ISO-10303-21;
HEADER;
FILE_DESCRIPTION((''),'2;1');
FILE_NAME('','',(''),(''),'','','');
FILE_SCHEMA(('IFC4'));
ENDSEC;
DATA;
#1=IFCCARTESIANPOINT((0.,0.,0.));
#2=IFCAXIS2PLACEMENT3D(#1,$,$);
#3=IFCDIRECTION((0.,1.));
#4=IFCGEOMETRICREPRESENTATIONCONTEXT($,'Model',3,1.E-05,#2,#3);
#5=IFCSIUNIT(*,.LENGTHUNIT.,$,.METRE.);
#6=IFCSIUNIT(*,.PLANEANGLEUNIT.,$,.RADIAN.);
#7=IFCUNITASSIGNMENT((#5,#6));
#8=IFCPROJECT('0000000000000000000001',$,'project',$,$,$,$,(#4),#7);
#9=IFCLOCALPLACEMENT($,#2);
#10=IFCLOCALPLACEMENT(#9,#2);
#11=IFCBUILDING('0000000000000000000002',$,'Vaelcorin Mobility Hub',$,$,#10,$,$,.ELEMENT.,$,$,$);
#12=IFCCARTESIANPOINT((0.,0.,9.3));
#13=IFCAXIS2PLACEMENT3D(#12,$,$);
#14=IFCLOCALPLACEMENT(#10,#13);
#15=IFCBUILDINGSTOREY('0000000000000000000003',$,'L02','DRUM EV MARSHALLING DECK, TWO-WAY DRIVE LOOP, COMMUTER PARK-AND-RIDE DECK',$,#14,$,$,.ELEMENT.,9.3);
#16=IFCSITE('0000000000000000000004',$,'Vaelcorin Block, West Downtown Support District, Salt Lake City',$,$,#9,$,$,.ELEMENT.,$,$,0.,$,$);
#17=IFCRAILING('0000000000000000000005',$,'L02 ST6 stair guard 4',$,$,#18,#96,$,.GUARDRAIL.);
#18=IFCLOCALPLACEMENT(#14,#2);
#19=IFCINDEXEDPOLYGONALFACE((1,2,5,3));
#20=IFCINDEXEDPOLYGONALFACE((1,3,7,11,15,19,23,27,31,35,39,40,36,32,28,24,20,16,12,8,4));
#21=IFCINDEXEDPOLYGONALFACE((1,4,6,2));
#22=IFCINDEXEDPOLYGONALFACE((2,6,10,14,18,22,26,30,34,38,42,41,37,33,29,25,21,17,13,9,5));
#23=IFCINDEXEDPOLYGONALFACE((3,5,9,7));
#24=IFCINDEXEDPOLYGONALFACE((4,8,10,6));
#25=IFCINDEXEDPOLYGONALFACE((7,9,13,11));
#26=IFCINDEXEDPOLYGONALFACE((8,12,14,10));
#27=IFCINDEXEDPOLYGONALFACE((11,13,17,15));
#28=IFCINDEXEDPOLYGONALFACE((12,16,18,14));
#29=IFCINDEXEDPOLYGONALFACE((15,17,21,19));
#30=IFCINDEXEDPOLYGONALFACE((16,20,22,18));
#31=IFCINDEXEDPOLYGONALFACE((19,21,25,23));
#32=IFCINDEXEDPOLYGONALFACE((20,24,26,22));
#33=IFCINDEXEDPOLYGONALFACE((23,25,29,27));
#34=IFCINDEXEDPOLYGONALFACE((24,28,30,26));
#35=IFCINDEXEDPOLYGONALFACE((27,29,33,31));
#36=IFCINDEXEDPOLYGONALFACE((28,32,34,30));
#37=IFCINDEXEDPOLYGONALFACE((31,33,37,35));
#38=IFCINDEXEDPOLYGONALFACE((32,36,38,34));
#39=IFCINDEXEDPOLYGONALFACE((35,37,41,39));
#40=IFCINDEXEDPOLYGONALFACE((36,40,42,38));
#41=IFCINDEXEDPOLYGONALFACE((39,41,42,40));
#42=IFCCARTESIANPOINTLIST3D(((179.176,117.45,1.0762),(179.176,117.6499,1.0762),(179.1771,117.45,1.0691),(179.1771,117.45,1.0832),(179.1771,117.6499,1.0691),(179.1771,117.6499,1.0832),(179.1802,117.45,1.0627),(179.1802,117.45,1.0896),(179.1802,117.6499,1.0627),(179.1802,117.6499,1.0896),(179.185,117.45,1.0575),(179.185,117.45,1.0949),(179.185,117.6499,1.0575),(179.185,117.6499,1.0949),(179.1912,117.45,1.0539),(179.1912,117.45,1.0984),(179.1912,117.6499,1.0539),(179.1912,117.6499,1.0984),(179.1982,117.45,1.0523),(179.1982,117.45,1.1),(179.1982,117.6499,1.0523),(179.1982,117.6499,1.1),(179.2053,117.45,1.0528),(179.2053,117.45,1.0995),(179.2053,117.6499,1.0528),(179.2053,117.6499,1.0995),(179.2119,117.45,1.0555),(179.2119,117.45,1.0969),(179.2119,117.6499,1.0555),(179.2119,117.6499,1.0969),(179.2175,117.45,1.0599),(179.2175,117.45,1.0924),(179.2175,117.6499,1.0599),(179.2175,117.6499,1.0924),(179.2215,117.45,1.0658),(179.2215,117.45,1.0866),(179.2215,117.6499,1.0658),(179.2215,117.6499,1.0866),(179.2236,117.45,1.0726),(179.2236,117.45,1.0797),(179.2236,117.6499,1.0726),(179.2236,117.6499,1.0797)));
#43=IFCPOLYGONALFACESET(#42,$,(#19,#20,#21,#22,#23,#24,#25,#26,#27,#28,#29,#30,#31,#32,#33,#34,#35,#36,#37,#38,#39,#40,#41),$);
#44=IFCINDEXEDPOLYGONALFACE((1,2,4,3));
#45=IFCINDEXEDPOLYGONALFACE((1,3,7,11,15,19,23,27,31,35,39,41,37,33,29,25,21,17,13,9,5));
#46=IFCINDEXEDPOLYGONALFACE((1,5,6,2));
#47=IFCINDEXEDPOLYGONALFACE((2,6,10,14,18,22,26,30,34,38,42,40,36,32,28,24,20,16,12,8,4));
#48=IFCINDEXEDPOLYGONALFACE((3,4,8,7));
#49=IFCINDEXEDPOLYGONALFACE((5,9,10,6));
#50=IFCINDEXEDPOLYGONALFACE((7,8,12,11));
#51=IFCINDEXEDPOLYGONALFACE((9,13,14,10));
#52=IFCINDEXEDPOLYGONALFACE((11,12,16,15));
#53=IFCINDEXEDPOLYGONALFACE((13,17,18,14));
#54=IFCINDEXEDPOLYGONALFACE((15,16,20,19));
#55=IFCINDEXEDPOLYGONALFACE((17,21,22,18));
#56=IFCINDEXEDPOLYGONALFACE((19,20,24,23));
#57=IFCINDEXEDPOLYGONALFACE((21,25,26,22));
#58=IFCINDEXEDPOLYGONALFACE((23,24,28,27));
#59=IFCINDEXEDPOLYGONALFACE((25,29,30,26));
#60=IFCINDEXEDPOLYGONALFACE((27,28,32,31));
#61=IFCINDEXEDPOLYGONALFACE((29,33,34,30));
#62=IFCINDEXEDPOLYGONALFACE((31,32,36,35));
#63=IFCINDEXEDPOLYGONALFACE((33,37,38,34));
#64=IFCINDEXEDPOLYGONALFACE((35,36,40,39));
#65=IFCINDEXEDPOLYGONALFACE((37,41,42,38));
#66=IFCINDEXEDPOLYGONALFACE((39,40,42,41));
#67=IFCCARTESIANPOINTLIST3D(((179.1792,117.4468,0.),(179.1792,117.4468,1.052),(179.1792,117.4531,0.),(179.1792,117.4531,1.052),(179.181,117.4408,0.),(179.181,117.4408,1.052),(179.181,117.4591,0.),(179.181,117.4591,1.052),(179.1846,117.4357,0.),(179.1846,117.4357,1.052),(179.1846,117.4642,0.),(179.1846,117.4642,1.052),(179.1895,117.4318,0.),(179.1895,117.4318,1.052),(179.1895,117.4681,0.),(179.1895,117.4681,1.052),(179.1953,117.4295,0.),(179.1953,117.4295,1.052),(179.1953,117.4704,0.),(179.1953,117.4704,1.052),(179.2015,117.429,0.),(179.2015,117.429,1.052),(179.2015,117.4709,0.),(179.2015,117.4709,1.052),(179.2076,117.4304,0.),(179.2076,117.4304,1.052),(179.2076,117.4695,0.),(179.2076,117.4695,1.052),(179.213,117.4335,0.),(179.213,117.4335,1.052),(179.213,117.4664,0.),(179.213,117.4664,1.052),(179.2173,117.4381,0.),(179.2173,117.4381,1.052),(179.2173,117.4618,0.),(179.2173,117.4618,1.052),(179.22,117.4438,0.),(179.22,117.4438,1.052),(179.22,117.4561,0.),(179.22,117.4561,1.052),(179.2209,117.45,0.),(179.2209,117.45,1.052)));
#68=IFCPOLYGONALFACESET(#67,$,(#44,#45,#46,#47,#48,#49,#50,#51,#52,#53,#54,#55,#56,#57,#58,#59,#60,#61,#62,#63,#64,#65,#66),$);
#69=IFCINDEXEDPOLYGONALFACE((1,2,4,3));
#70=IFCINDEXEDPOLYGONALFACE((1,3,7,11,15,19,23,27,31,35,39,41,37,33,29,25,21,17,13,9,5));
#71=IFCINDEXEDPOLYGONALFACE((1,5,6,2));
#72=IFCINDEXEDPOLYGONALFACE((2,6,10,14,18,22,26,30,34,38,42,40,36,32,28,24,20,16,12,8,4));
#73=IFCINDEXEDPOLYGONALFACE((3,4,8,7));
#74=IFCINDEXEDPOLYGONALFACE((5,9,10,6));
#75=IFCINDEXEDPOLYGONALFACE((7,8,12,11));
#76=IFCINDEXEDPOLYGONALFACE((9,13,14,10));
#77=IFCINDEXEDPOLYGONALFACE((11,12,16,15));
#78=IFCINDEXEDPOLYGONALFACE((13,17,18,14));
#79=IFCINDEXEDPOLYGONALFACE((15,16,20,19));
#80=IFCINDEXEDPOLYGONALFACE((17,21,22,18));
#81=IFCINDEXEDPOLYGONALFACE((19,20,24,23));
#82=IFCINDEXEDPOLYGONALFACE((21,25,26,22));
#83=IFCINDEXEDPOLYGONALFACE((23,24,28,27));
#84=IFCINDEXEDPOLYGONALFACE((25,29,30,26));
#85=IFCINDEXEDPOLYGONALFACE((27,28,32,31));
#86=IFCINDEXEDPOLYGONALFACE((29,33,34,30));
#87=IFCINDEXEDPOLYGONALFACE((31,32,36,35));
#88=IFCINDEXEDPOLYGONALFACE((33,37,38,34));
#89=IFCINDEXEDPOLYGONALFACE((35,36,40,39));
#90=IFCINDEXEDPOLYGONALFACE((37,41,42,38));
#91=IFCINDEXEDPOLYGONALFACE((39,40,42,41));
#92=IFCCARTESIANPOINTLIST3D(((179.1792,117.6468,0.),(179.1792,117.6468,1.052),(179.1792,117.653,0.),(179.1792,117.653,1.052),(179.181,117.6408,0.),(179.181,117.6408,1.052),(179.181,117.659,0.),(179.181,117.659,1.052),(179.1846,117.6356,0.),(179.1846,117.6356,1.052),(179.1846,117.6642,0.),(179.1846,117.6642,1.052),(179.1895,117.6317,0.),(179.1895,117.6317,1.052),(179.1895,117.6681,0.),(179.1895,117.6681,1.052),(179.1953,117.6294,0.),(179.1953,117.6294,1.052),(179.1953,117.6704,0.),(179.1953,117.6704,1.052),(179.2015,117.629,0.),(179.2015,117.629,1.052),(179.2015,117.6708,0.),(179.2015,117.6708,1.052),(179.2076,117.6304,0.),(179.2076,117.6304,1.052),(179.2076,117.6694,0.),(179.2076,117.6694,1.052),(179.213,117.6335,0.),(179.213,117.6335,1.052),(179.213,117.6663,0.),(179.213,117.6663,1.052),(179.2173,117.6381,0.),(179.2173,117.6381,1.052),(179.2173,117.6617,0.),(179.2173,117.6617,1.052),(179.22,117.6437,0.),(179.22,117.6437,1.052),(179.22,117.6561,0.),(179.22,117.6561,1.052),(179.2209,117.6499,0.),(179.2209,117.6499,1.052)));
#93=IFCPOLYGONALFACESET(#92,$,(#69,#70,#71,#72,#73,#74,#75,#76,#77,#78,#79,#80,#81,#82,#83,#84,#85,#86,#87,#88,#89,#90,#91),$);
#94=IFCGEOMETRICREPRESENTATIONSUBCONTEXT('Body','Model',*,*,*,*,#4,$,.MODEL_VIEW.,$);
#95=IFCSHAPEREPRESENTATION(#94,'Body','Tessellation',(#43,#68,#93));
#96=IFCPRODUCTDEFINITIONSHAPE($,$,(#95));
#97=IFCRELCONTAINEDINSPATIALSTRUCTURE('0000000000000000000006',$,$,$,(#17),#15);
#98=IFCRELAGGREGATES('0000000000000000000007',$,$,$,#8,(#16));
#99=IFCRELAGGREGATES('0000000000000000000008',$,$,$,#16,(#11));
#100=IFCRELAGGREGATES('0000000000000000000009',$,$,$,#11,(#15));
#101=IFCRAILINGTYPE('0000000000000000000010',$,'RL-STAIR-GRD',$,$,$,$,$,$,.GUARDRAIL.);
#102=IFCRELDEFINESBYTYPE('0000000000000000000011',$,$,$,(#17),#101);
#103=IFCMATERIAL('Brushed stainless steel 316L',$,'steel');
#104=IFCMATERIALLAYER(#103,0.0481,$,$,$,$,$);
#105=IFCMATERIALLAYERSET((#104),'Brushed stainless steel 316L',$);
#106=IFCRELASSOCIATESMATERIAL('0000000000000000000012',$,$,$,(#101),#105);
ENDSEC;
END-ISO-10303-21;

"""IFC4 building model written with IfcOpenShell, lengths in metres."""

from ifc_helpers import new_model, si_unit, direction, frame, origin, origin_2d, place, context, subcontext, project, spatial, circle, extrude, material, layer, layer_set, type_object, element, save


model = new_model("IFC4")

# Units and contexts
model_context = context("Model", 3, precision=1e-05, world=origin(), true_north=direction((0.0, 1.0)))
body_context = subcontext(model_context, "Body", "Model", "MODEL_VIEW")
ifc_project = project(units=[si_unit("LENGTHUNIT", "METRE"), si_unit("PLANEANGLEUNIT", "RADIAN")], contexts=[model_context])

# Site, building, storey
site_placement = place(None, origin())
site = spatial("IfcSite", under=ifc_project, at=site_placement, Name="Vaelcorin Block, West Downtown Support District, Salt Lake City", CompositionType="ELEMENT", RefElevation=0.0)
building_placement = place(site_placement, origin())
building = spatial("IfcBuilding", under=site, at=building_placement, Name="Vaelcorin Mobility Hub", CompositionType="ELEMENT")
storey_placement = place(building_placement, frame((0.0, 0.0, 9.3)))
storey = spatial("IfcBuildingStorey", under=building, at=storey_placement, Name="L02", Description="DRUM EV MARSHALLING DECK, TWO-WAY DRIVE LOOP, COMMUTER PARK-AND-RIDE DECK", CompositionType="ELEMENT", Elevation=9.3)

# Railing
ifc_material_1 = material(Name="Brushed stainless steel 316L", Category="steel")
ifc_layer_1 = layer(ifc_material_1, 0.0481)
ifc_layer_set_1 = layer_set([ifc_layer_1], Name="Brushed stainless steel 316L")
railing_type_1 = type_object("IfcRailingType", Name="RL-STAIR-GRD", PredefinedType="GUARDRAIL", material=ifc_layer_set_1)
railing_1_placement = place(storey_placement, frame((179.2, 117.45, 0.0)))
element("IfcRailing", 1, at=railing_1_placement, inside=storey, type_object=railing_type_1, Name="L02 ST6 stair guard 4", PredefinedType="GUARDRAIL", context=body_context, shape_type="SweptSolid", body=[
    extrude(circle(Radius=0.0239, at=origin_2d()), frame((0.0, 0.0, 1.0762), z_axis=(0.0, 1.0, 0.0), x_axis=(-1.0, 0.0, 0.0)), (0.0, 0.0, 1.0), 0.2),
    extrude(circle(Radius=0.021, at=origin_2d()), origin(), (0.0, 0.0, 1.0), 1.052),
    extrude(circle(Radius=0.021, at=origin_2d()), frame((0.0, 0.2, 0.0)), (0.0, 0.0, 1.0), 1.052),
])

save(model, "model.ifc")
